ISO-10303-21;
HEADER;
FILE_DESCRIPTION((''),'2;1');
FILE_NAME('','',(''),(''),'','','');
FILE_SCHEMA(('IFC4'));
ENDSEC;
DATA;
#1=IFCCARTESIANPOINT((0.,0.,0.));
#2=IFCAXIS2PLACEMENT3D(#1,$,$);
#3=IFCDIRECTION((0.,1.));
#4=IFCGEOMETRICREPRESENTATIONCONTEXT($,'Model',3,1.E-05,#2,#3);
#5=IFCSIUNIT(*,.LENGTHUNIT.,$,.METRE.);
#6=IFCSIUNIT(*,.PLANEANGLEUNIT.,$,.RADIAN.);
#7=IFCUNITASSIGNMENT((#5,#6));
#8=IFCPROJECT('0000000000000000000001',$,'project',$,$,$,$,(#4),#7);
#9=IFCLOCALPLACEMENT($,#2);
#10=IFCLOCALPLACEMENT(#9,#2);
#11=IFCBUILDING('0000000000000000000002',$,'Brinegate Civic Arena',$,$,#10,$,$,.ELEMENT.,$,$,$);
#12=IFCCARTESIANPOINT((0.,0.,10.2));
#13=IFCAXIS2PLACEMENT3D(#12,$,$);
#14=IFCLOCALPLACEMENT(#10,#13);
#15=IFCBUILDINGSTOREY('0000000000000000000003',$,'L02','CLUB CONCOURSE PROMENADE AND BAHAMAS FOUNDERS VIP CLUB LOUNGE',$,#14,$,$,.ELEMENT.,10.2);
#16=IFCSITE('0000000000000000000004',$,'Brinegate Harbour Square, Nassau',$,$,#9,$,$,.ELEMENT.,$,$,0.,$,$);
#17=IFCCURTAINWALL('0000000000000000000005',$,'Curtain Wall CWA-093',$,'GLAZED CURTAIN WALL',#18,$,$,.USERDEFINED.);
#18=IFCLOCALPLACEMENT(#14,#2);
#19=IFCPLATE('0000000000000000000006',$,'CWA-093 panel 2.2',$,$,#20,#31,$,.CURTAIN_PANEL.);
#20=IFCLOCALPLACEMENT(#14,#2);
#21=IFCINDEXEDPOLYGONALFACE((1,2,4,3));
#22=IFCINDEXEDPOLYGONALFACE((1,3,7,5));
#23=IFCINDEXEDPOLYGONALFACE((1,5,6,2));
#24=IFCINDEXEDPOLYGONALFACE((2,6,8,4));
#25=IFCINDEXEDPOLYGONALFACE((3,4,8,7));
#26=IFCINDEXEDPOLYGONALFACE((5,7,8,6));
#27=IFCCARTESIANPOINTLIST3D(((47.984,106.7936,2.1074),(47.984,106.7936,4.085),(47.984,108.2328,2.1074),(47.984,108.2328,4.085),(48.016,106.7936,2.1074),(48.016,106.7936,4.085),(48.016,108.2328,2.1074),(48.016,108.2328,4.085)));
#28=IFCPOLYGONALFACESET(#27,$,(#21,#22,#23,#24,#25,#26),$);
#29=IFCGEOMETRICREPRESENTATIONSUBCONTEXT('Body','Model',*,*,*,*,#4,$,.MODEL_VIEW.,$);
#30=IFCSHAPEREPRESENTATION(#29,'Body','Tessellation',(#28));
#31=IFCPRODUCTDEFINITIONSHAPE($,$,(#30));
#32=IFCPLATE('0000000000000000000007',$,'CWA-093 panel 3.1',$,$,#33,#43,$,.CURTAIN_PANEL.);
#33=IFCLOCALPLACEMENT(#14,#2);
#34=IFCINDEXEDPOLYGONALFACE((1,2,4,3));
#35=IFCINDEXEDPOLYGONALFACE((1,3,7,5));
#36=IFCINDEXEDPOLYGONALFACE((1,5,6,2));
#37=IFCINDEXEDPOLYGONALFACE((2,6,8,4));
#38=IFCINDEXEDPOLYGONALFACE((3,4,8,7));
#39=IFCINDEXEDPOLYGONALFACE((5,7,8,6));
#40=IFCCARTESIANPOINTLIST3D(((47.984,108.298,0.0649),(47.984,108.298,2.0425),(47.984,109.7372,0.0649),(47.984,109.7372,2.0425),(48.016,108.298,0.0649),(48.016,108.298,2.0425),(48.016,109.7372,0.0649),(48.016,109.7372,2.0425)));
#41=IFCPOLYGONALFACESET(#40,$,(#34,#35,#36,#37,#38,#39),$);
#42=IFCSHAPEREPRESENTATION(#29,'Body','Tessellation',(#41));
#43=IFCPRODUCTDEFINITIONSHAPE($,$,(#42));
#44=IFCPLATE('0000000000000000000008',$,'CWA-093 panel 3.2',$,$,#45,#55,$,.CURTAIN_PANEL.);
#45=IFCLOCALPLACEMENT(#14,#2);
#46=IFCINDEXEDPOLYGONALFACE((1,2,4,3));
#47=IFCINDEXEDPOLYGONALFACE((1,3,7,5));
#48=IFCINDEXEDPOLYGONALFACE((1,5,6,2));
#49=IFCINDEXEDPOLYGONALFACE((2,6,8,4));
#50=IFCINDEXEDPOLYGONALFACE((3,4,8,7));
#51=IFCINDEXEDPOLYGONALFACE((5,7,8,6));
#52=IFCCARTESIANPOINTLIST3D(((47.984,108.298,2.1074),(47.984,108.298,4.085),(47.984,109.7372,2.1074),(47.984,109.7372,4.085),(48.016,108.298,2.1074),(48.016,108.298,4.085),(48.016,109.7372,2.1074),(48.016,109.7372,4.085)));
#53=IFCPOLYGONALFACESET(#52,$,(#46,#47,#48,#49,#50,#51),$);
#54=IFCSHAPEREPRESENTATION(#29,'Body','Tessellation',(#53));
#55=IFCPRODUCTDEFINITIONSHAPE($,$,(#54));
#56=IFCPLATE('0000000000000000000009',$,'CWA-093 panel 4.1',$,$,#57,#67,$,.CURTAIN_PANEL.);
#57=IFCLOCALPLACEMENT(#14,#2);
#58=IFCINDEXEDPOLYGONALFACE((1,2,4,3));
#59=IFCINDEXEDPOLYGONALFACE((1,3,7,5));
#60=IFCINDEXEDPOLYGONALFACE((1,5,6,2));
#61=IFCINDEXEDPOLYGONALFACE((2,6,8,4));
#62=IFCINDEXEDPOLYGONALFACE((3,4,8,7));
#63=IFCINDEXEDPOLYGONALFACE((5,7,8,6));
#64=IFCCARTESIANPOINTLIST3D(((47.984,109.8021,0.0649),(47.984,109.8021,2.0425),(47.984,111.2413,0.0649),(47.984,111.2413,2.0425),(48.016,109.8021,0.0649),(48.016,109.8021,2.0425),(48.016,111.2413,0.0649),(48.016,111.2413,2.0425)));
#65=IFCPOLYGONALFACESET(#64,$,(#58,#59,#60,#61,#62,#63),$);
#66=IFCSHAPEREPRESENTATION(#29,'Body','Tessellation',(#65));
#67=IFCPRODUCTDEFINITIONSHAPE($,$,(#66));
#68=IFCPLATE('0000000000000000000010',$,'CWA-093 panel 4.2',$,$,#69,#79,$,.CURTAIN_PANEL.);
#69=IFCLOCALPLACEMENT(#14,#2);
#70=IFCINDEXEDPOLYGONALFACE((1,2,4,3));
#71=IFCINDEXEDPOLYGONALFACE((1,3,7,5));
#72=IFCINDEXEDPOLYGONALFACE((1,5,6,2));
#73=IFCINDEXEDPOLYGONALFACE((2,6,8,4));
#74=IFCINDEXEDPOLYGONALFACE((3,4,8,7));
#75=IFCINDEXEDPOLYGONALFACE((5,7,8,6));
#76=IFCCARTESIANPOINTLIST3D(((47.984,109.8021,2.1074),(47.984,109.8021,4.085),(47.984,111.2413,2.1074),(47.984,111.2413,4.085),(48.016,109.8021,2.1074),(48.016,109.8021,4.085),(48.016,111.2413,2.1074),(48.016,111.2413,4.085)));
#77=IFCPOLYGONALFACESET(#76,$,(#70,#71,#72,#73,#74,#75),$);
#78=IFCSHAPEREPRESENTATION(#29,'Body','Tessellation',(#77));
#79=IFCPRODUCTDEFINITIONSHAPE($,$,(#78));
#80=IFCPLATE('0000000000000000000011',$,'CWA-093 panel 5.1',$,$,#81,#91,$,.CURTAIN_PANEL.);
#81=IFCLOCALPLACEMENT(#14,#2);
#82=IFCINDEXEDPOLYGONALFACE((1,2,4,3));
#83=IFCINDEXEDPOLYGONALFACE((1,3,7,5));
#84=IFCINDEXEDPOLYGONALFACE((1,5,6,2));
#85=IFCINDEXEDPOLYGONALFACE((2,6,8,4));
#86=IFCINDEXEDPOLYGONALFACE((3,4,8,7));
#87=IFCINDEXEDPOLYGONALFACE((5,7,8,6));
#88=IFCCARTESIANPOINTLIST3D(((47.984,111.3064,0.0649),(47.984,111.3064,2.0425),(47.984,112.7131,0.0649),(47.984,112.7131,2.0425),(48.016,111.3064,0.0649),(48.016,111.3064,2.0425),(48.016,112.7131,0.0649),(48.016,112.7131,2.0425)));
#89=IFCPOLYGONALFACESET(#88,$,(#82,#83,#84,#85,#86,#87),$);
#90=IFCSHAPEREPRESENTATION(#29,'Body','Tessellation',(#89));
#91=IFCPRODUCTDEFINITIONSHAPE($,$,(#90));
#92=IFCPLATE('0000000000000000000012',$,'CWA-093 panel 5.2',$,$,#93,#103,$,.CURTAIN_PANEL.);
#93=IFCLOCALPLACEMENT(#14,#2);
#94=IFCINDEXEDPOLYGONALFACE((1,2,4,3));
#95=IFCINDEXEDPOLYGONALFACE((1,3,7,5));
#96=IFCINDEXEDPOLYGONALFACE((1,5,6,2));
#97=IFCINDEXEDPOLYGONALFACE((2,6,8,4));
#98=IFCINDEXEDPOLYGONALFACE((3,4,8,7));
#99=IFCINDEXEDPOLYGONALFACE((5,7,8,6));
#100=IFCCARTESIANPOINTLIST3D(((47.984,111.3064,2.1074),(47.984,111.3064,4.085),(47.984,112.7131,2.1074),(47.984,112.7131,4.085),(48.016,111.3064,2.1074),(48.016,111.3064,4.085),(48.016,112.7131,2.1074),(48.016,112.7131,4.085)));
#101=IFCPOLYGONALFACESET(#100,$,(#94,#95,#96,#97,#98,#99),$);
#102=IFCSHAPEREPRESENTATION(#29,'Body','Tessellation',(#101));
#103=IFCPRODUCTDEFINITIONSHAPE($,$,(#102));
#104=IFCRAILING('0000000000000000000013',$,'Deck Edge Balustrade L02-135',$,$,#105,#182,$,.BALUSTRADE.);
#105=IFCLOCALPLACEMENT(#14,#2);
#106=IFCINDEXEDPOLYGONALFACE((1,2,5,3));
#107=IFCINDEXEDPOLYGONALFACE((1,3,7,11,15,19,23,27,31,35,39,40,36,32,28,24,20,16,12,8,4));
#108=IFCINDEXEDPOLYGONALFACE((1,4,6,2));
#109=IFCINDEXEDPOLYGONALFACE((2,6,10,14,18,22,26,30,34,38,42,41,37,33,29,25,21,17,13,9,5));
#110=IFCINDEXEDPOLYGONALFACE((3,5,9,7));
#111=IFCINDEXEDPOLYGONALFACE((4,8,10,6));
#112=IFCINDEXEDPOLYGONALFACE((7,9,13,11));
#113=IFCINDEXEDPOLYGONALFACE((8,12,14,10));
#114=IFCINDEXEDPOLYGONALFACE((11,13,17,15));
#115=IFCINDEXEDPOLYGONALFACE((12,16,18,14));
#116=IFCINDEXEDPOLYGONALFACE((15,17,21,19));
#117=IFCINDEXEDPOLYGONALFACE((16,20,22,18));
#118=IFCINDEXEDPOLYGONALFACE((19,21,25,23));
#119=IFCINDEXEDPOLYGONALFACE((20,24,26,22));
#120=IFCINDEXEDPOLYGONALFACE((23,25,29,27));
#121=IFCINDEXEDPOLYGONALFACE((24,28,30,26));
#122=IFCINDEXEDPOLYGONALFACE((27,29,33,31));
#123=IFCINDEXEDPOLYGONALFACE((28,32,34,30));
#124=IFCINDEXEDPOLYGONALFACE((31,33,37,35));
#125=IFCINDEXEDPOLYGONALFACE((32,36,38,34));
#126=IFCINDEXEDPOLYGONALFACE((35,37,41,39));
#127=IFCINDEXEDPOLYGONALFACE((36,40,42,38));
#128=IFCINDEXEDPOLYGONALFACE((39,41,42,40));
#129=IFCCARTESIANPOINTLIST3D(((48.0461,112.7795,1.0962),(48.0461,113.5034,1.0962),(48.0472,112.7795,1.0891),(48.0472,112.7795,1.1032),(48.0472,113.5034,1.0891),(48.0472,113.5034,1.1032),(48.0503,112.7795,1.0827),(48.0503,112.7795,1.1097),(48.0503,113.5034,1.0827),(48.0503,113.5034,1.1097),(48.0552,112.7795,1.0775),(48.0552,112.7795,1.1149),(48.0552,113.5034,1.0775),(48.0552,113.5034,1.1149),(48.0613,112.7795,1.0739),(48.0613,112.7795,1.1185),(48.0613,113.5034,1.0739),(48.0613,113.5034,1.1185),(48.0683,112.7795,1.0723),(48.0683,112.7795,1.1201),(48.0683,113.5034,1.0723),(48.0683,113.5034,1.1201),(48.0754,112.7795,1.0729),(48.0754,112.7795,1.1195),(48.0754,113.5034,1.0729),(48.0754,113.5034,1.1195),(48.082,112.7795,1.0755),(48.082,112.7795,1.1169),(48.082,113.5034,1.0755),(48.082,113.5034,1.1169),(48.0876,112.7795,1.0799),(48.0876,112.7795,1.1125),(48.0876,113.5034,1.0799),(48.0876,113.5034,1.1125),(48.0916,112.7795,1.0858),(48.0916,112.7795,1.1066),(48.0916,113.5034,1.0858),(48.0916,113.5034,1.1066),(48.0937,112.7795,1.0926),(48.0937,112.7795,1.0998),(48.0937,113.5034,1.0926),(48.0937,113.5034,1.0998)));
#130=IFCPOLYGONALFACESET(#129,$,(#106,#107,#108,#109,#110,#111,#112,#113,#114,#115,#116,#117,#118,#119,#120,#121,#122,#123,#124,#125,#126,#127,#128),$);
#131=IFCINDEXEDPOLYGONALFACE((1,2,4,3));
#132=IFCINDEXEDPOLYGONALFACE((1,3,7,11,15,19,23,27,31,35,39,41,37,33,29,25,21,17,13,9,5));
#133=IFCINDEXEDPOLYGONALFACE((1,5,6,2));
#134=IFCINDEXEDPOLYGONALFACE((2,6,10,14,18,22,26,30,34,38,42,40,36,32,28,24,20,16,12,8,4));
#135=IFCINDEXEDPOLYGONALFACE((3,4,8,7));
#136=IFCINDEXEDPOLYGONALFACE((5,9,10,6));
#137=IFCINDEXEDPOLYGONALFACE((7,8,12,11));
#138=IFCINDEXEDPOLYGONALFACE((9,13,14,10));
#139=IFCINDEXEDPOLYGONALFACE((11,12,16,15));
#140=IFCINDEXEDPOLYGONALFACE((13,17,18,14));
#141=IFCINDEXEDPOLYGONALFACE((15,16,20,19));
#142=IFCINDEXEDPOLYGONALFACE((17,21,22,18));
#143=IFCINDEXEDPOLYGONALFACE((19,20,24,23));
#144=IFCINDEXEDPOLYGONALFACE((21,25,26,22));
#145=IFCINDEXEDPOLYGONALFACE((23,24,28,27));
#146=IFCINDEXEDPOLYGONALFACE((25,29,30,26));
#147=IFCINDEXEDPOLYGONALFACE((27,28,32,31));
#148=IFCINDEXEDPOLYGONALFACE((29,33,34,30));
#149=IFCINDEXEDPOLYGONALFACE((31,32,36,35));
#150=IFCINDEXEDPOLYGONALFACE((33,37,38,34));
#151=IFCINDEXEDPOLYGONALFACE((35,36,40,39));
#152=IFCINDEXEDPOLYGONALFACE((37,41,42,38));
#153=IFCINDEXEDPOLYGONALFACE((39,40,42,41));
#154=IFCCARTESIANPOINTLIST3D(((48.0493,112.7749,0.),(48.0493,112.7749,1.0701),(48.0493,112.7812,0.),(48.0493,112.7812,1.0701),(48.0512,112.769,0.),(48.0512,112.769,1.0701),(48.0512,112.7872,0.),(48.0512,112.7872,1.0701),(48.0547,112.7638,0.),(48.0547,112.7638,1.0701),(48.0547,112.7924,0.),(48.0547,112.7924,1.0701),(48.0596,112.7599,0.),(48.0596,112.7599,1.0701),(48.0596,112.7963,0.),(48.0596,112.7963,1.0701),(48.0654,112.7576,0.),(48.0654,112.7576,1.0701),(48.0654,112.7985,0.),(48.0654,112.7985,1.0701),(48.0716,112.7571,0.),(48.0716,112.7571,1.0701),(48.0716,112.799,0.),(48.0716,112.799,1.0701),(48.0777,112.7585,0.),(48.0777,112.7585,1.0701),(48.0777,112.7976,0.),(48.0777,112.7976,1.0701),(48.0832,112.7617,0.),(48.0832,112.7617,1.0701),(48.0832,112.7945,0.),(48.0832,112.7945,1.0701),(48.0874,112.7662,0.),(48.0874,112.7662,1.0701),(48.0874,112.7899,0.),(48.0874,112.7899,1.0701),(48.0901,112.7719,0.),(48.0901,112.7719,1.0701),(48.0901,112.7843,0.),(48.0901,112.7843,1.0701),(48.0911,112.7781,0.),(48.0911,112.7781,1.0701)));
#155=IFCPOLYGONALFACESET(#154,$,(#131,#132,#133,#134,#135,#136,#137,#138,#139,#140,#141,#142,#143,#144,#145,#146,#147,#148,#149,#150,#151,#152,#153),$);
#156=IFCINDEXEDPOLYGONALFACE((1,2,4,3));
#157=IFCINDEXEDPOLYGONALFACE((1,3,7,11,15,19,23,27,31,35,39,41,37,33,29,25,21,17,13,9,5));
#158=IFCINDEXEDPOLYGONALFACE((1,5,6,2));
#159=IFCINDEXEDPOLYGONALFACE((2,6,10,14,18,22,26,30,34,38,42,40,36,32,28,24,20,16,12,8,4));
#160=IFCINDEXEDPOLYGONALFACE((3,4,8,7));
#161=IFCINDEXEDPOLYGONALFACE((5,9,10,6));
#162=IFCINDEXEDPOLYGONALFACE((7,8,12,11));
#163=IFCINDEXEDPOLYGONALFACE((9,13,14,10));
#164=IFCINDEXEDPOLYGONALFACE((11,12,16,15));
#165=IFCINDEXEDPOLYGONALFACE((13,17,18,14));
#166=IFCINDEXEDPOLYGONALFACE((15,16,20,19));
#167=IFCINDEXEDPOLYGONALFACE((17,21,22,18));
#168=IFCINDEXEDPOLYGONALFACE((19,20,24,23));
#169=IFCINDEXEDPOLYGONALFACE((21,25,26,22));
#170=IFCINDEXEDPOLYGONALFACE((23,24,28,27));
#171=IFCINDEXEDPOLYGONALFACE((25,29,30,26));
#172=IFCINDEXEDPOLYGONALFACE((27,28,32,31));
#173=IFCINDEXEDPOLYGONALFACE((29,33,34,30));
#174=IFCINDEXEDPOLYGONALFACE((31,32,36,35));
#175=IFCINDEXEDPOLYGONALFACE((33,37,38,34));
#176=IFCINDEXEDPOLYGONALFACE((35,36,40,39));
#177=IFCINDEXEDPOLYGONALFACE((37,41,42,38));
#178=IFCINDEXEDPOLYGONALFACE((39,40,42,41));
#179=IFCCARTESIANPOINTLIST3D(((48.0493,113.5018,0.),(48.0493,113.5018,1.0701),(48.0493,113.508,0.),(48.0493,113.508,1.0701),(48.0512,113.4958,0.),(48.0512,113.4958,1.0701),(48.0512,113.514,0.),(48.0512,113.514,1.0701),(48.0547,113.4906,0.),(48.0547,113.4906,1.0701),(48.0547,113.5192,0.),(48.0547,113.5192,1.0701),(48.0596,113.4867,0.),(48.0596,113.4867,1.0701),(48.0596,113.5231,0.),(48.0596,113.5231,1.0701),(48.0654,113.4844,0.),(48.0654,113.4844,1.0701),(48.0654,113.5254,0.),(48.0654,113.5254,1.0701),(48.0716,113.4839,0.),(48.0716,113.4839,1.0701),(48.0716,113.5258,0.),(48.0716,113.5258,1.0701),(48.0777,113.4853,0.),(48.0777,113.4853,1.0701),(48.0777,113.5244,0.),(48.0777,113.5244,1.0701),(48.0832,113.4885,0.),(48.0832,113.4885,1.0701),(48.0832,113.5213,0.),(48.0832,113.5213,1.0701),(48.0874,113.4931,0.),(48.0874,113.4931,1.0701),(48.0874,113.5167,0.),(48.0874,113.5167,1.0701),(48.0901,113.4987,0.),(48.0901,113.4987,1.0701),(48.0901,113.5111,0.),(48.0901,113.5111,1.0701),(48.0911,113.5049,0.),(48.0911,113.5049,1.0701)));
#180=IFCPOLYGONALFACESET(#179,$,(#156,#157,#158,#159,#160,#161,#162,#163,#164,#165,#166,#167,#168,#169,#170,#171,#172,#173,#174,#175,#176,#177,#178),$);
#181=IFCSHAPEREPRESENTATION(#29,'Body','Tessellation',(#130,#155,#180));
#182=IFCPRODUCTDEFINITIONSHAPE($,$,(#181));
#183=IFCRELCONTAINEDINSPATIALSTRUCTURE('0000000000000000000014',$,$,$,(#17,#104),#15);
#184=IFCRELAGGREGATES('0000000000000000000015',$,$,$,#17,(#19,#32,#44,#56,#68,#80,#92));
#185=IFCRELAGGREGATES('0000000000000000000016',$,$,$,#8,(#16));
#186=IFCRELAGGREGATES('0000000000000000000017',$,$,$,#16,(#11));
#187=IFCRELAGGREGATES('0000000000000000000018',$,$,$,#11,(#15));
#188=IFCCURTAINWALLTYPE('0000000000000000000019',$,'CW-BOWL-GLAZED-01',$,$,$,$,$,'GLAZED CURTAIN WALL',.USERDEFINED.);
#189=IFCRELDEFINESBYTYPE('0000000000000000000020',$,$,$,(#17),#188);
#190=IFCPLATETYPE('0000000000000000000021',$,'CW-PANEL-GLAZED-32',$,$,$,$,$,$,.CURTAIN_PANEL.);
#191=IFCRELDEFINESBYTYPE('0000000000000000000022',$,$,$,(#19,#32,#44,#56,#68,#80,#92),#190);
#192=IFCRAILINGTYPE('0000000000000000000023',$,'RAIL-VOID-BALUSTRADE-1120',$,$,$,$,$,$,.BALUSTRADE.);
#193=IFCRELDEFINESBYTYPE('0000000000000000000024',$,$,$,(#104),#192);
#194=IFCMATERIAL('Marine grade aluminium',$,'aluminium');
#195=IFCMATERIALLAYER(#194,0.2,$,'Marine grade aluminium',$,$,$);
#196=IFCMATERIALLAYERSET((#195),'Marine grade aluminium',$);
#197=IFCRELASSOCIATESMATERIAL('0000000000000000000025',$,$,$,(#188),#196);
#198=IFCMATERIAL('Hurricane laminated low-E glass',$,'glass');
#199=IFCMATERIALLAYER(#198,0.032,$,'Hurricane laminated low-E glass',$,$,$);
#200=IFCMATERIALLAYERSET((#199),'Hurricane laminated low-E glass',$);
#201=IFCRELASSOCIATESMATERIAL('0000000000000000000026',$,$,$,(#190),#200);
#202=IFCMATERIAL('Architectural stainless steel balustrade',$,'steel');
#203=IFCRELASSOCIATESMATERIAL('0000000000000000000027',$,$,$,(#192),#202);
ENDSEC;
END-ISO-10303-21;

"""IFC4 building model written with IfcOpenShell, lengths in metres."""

from ifc_helpers import new_model, si_unit, direction, frame, origin, origin_2d, place, context, subcontext, project, spatial, rectangle, circle, extrude, material, layer, layer_set, type_object, element, aggregate, save


model = new_model("IFC4")

# Units and contexts
model_context = context("Model", 3, precision=1e-05, world=origin(), true_north=direction((0.0, 1.0)))
body_context = subcontext(model_context, "Body", "Model", "MODEL_VIEW")
ifc_project = project(units=[si_unit("LENGTHUNIT", "METRE"), si_unit("PLANEANGLEUNIT", "RADIAN")], contexts=[model_context])

# Site, building, storey
site_placement = place(None, origin())
site = spatial("IfcSite", under=ifc_project, at=site_placement, Name="Brinegate Harbour Square, Nassau", CompositionType="ELEMENT", RefElevation=0.0)
building_placement = place(site_placement, origin())
building = spatial("IfcBuilding", under=site, at=building_placement, Name="Brinegate Civic Arena", CompositionType="ELEMENT")
storey_placement = place(building_placement, frame((0.0, 0.0, 10.2)))
storey = spatial("IfcBuildingStorey", under=building, at=storey_placement, Name="L02", Description="CLUB CONCOURSE PROMENADE AND BAHAMAS FOUNDERS VIP CLUB LOUNGE", CompositionType="ELEMENT", Elevation=10.2)

# Curtain wall
ifc_material_1 = material(Name="Marine grade aluminium", Category="aluminium")
ifc_layer_1 = layer(ifc_material_1, 0.2, Name="Marine grade aluminium")
ifc_layer_set_1 = layer_set([ifc_layer_1], Name="Marine grade aluminium")
curtain_wall_type = type_object("IfcCurtainWallType", Name="CW-BOWL-GLAZED-01", ElementType="GLAZED CURTAIN WALL", PredefinedType="USERDEFINED", material=ifc_layer_set_1)
curtain_wall_placement = place(storey_placement, origin())
curtain_wall = element("IfcCurtainWall", 1, at=curtain_wall_placement, inside=storey, type_object=curtain_wall_type, Name="Curtain Wall CWA-093", ObjectType="GLAZED CURTAIN WALL", PredefinedType="USERDEFINED")

# Plates
ifc_material_2 = material(Name="Hurricane laminated low-E glass", Category="glass")
ifc_layer_2 = layer(ifc_material_2, 0.032, Name="Hurricane laminated low-E glass")
ifc_layer_set_2 = layer_set([ifc_layer_2], Name="Hurricane laminated low-E glass")
plate_type = type_object("IfcPlateType", Name="CW-PANEL-GLAZED-32", PredefinedType="CURTAIN_PANEL", material=ifc_layer_set_2)
plate_1_placement = place(storey_placement, frame((48.0, 107.5132, 2.1074), z_axis=(0.0, 0.0, 1.0), x_axis=(0.0, 1.0, 0.0)))
plate_1 = element("IfcPlate", 2, at=plate_1_placement, type_object=plate_type, Name="CWA-093 panel 2.2", PredefinedType="CURTAIN_PANEL", context=body_context, shape_type="SweptSolid", body=[
    extrude(rectangle(XDim=1.4392, YDim=0.032, at=origin_2d()), origin(), (0.0, 0.0, 1.0), 1.9775),
])
plate_2_placement = place(storey_placement, frame((48.0, 109.0176, 0.0649), z_axis=(0.0, 0.0, 1.0), x_axis=(0.0, 1.0, 0.0)))
plate_2 = element("IfcPlate", 3, at=plate_2_placement, type_object=plate_type, Name="CWA-093 panel 3.1", PredefinedType="CURTAIN_PANEL", context=body_context, shape_type="SweptSolid", body=[
    extrude(rectangle(XDim=1.4392, YDim=0.032, at=origin_2d()), origin(), (0.0, 0.0, 1.0), 1.9775),
])
plate_3_placement = place(storey_placement, frame((48.0, 109.0176, 2.1074), z_axis=(0.0, 0.0, 1.0), x_axis=(0.0, 1.0, 0.0)))
plate_3 = element("IfcPlate", 4, at=plate_3_placement, type_object=plate_type, Name="CWA-093 panel 3.2", PredefinedType="CURTAIN_PANEL", context=body_context, shape_type="SweptSolid", body=[
    extrude(rectangle(XDim=1.4392, YDim=0.032, at=origin_2d()), origin(), (0.0, 0.0, 1.0), 1.9775),
])
plate_4_placement = place(storey_placement, frame((48.0, 110.5217, 0.0649), z_axis=(0.0, 0.0, 1.0), x_axis=(0.0, 1.0, 0.0)))
plate_4 = element("IfcPlate", 5, at=plate_4_placement, type_object=plate_type, Name="CWA-093 panel 4.1", PredefinedType="CURTAIN_PANEL", context=body_context, shape_type="SweptSolid", body=[
    extrude(rectangle(XDim=1.4392, YDim=0.032, at=origin_2d()), origin(), (0.0, 0.0, 1.0), 1.9775),
])
plate_5_placement = place(storey_placement, frame((48.0, 110.5217, 2.1074), z_axis=(0.0, 0.0, 1.0), x_axis=(0.0, 1.0, 0.0)))
plate_5 = element("IfcPlate", 6, at=plate_5_placement, type_object=plate_type, Name="CWA-093 panel 4.2", PredefinedType="CURTAIN_PANEL", context=body_context, shape_type="SweptSolid", body=[
    extrude(rectangle(XDim=1.4392, YDim=0.032, at=origin_2d()), origin(), (0.0, 0.0, 1.0), 1.9775),
])
plate_6_placement = place(storey_placement, frame((48.0, 112.0098, 0.0649), z_axis=(0.0, 0.0, 1.0), x_axis=(0.0, 1.0, 0.0)))
plate_6 = element("IfcPlate", 7, at=plate_6_placement, type_object=plate_type, Name="CWA-093 panel 5.1", PredefinedType="CURTAIN_PANEL", context=body_context, shape_type="SweptSolid", body=[
    extrude(rectangle(XDim=1.4067, YDim=0.032, at=origin_2d()), origin(), (0.0, 0.0, 1.0), 1.9775),
])
plate_7_placement = place(storey_placement, frame((48.0, 112.0098, 2.1074), z_axis=(0.0, 0.0, 1.0), x_axis=(0.0, 1.0, 0.0)))
plate_7 = element("IfcPlate", 8, at=plate_7_placement, type_object=plate_type, Name="CWA-093 panel 5.2", PredefinedType="CURTAIN_PANEL", context=body_context, shape_type="SweptSolid", body=[
    extrude(rectangle(XDim=1.4067, YDim=0.032, at=origin_2d()), origin(), (0.0, 0.0, 1.0), 1.9775),
])
aggregate(curtain_wall, [plate_1, plate_2, plate_3, plate_4, plate_5, plate_6, plate_7])

# Railing
ifc_material_3 = material(Name="Architectural stainless steel balustrade", Category="steel")
railing_type = type_object("IfcRailingType", Name="RAIL-VOID-BALUSTRADE-1120", PredefinedType="BALUSTRADE", material=ifc_material_3)
railing_1_placement = place(storey_placement, frame((48.0701, 112.7781, 0.0)))
element("IfcRailing", 9, at=railing_1_placement, inside=storey, type_object=railing_type, Name="Deck Edge Balustrade L02-135", PredefinedType="BALUSTRADE", context=body_context, shape_type="SweptSolid", body=[
    extrude(circle(Radius=0.0239, at=origin_2d()), frame((0.0, 0.0015, 1.0962), z_axis=(0.0, 1.0, 0.0), x_axis=(-1.0, 0.0, 0.0)), (0.0, 0.0, 1.0), 0.7239),
    extrude(circle(Radius=0.021, at=origin_2d()), origin(), (0.0, 0.0, 1.0), 1.0701),
    extrude(circle(Radius=0.021, at=origin_2d()), frame((0.0, 0.7268, 0.0)), (0.0, 0.0, 1.0), 1.0701),
])

save(model, "model.ifc")
